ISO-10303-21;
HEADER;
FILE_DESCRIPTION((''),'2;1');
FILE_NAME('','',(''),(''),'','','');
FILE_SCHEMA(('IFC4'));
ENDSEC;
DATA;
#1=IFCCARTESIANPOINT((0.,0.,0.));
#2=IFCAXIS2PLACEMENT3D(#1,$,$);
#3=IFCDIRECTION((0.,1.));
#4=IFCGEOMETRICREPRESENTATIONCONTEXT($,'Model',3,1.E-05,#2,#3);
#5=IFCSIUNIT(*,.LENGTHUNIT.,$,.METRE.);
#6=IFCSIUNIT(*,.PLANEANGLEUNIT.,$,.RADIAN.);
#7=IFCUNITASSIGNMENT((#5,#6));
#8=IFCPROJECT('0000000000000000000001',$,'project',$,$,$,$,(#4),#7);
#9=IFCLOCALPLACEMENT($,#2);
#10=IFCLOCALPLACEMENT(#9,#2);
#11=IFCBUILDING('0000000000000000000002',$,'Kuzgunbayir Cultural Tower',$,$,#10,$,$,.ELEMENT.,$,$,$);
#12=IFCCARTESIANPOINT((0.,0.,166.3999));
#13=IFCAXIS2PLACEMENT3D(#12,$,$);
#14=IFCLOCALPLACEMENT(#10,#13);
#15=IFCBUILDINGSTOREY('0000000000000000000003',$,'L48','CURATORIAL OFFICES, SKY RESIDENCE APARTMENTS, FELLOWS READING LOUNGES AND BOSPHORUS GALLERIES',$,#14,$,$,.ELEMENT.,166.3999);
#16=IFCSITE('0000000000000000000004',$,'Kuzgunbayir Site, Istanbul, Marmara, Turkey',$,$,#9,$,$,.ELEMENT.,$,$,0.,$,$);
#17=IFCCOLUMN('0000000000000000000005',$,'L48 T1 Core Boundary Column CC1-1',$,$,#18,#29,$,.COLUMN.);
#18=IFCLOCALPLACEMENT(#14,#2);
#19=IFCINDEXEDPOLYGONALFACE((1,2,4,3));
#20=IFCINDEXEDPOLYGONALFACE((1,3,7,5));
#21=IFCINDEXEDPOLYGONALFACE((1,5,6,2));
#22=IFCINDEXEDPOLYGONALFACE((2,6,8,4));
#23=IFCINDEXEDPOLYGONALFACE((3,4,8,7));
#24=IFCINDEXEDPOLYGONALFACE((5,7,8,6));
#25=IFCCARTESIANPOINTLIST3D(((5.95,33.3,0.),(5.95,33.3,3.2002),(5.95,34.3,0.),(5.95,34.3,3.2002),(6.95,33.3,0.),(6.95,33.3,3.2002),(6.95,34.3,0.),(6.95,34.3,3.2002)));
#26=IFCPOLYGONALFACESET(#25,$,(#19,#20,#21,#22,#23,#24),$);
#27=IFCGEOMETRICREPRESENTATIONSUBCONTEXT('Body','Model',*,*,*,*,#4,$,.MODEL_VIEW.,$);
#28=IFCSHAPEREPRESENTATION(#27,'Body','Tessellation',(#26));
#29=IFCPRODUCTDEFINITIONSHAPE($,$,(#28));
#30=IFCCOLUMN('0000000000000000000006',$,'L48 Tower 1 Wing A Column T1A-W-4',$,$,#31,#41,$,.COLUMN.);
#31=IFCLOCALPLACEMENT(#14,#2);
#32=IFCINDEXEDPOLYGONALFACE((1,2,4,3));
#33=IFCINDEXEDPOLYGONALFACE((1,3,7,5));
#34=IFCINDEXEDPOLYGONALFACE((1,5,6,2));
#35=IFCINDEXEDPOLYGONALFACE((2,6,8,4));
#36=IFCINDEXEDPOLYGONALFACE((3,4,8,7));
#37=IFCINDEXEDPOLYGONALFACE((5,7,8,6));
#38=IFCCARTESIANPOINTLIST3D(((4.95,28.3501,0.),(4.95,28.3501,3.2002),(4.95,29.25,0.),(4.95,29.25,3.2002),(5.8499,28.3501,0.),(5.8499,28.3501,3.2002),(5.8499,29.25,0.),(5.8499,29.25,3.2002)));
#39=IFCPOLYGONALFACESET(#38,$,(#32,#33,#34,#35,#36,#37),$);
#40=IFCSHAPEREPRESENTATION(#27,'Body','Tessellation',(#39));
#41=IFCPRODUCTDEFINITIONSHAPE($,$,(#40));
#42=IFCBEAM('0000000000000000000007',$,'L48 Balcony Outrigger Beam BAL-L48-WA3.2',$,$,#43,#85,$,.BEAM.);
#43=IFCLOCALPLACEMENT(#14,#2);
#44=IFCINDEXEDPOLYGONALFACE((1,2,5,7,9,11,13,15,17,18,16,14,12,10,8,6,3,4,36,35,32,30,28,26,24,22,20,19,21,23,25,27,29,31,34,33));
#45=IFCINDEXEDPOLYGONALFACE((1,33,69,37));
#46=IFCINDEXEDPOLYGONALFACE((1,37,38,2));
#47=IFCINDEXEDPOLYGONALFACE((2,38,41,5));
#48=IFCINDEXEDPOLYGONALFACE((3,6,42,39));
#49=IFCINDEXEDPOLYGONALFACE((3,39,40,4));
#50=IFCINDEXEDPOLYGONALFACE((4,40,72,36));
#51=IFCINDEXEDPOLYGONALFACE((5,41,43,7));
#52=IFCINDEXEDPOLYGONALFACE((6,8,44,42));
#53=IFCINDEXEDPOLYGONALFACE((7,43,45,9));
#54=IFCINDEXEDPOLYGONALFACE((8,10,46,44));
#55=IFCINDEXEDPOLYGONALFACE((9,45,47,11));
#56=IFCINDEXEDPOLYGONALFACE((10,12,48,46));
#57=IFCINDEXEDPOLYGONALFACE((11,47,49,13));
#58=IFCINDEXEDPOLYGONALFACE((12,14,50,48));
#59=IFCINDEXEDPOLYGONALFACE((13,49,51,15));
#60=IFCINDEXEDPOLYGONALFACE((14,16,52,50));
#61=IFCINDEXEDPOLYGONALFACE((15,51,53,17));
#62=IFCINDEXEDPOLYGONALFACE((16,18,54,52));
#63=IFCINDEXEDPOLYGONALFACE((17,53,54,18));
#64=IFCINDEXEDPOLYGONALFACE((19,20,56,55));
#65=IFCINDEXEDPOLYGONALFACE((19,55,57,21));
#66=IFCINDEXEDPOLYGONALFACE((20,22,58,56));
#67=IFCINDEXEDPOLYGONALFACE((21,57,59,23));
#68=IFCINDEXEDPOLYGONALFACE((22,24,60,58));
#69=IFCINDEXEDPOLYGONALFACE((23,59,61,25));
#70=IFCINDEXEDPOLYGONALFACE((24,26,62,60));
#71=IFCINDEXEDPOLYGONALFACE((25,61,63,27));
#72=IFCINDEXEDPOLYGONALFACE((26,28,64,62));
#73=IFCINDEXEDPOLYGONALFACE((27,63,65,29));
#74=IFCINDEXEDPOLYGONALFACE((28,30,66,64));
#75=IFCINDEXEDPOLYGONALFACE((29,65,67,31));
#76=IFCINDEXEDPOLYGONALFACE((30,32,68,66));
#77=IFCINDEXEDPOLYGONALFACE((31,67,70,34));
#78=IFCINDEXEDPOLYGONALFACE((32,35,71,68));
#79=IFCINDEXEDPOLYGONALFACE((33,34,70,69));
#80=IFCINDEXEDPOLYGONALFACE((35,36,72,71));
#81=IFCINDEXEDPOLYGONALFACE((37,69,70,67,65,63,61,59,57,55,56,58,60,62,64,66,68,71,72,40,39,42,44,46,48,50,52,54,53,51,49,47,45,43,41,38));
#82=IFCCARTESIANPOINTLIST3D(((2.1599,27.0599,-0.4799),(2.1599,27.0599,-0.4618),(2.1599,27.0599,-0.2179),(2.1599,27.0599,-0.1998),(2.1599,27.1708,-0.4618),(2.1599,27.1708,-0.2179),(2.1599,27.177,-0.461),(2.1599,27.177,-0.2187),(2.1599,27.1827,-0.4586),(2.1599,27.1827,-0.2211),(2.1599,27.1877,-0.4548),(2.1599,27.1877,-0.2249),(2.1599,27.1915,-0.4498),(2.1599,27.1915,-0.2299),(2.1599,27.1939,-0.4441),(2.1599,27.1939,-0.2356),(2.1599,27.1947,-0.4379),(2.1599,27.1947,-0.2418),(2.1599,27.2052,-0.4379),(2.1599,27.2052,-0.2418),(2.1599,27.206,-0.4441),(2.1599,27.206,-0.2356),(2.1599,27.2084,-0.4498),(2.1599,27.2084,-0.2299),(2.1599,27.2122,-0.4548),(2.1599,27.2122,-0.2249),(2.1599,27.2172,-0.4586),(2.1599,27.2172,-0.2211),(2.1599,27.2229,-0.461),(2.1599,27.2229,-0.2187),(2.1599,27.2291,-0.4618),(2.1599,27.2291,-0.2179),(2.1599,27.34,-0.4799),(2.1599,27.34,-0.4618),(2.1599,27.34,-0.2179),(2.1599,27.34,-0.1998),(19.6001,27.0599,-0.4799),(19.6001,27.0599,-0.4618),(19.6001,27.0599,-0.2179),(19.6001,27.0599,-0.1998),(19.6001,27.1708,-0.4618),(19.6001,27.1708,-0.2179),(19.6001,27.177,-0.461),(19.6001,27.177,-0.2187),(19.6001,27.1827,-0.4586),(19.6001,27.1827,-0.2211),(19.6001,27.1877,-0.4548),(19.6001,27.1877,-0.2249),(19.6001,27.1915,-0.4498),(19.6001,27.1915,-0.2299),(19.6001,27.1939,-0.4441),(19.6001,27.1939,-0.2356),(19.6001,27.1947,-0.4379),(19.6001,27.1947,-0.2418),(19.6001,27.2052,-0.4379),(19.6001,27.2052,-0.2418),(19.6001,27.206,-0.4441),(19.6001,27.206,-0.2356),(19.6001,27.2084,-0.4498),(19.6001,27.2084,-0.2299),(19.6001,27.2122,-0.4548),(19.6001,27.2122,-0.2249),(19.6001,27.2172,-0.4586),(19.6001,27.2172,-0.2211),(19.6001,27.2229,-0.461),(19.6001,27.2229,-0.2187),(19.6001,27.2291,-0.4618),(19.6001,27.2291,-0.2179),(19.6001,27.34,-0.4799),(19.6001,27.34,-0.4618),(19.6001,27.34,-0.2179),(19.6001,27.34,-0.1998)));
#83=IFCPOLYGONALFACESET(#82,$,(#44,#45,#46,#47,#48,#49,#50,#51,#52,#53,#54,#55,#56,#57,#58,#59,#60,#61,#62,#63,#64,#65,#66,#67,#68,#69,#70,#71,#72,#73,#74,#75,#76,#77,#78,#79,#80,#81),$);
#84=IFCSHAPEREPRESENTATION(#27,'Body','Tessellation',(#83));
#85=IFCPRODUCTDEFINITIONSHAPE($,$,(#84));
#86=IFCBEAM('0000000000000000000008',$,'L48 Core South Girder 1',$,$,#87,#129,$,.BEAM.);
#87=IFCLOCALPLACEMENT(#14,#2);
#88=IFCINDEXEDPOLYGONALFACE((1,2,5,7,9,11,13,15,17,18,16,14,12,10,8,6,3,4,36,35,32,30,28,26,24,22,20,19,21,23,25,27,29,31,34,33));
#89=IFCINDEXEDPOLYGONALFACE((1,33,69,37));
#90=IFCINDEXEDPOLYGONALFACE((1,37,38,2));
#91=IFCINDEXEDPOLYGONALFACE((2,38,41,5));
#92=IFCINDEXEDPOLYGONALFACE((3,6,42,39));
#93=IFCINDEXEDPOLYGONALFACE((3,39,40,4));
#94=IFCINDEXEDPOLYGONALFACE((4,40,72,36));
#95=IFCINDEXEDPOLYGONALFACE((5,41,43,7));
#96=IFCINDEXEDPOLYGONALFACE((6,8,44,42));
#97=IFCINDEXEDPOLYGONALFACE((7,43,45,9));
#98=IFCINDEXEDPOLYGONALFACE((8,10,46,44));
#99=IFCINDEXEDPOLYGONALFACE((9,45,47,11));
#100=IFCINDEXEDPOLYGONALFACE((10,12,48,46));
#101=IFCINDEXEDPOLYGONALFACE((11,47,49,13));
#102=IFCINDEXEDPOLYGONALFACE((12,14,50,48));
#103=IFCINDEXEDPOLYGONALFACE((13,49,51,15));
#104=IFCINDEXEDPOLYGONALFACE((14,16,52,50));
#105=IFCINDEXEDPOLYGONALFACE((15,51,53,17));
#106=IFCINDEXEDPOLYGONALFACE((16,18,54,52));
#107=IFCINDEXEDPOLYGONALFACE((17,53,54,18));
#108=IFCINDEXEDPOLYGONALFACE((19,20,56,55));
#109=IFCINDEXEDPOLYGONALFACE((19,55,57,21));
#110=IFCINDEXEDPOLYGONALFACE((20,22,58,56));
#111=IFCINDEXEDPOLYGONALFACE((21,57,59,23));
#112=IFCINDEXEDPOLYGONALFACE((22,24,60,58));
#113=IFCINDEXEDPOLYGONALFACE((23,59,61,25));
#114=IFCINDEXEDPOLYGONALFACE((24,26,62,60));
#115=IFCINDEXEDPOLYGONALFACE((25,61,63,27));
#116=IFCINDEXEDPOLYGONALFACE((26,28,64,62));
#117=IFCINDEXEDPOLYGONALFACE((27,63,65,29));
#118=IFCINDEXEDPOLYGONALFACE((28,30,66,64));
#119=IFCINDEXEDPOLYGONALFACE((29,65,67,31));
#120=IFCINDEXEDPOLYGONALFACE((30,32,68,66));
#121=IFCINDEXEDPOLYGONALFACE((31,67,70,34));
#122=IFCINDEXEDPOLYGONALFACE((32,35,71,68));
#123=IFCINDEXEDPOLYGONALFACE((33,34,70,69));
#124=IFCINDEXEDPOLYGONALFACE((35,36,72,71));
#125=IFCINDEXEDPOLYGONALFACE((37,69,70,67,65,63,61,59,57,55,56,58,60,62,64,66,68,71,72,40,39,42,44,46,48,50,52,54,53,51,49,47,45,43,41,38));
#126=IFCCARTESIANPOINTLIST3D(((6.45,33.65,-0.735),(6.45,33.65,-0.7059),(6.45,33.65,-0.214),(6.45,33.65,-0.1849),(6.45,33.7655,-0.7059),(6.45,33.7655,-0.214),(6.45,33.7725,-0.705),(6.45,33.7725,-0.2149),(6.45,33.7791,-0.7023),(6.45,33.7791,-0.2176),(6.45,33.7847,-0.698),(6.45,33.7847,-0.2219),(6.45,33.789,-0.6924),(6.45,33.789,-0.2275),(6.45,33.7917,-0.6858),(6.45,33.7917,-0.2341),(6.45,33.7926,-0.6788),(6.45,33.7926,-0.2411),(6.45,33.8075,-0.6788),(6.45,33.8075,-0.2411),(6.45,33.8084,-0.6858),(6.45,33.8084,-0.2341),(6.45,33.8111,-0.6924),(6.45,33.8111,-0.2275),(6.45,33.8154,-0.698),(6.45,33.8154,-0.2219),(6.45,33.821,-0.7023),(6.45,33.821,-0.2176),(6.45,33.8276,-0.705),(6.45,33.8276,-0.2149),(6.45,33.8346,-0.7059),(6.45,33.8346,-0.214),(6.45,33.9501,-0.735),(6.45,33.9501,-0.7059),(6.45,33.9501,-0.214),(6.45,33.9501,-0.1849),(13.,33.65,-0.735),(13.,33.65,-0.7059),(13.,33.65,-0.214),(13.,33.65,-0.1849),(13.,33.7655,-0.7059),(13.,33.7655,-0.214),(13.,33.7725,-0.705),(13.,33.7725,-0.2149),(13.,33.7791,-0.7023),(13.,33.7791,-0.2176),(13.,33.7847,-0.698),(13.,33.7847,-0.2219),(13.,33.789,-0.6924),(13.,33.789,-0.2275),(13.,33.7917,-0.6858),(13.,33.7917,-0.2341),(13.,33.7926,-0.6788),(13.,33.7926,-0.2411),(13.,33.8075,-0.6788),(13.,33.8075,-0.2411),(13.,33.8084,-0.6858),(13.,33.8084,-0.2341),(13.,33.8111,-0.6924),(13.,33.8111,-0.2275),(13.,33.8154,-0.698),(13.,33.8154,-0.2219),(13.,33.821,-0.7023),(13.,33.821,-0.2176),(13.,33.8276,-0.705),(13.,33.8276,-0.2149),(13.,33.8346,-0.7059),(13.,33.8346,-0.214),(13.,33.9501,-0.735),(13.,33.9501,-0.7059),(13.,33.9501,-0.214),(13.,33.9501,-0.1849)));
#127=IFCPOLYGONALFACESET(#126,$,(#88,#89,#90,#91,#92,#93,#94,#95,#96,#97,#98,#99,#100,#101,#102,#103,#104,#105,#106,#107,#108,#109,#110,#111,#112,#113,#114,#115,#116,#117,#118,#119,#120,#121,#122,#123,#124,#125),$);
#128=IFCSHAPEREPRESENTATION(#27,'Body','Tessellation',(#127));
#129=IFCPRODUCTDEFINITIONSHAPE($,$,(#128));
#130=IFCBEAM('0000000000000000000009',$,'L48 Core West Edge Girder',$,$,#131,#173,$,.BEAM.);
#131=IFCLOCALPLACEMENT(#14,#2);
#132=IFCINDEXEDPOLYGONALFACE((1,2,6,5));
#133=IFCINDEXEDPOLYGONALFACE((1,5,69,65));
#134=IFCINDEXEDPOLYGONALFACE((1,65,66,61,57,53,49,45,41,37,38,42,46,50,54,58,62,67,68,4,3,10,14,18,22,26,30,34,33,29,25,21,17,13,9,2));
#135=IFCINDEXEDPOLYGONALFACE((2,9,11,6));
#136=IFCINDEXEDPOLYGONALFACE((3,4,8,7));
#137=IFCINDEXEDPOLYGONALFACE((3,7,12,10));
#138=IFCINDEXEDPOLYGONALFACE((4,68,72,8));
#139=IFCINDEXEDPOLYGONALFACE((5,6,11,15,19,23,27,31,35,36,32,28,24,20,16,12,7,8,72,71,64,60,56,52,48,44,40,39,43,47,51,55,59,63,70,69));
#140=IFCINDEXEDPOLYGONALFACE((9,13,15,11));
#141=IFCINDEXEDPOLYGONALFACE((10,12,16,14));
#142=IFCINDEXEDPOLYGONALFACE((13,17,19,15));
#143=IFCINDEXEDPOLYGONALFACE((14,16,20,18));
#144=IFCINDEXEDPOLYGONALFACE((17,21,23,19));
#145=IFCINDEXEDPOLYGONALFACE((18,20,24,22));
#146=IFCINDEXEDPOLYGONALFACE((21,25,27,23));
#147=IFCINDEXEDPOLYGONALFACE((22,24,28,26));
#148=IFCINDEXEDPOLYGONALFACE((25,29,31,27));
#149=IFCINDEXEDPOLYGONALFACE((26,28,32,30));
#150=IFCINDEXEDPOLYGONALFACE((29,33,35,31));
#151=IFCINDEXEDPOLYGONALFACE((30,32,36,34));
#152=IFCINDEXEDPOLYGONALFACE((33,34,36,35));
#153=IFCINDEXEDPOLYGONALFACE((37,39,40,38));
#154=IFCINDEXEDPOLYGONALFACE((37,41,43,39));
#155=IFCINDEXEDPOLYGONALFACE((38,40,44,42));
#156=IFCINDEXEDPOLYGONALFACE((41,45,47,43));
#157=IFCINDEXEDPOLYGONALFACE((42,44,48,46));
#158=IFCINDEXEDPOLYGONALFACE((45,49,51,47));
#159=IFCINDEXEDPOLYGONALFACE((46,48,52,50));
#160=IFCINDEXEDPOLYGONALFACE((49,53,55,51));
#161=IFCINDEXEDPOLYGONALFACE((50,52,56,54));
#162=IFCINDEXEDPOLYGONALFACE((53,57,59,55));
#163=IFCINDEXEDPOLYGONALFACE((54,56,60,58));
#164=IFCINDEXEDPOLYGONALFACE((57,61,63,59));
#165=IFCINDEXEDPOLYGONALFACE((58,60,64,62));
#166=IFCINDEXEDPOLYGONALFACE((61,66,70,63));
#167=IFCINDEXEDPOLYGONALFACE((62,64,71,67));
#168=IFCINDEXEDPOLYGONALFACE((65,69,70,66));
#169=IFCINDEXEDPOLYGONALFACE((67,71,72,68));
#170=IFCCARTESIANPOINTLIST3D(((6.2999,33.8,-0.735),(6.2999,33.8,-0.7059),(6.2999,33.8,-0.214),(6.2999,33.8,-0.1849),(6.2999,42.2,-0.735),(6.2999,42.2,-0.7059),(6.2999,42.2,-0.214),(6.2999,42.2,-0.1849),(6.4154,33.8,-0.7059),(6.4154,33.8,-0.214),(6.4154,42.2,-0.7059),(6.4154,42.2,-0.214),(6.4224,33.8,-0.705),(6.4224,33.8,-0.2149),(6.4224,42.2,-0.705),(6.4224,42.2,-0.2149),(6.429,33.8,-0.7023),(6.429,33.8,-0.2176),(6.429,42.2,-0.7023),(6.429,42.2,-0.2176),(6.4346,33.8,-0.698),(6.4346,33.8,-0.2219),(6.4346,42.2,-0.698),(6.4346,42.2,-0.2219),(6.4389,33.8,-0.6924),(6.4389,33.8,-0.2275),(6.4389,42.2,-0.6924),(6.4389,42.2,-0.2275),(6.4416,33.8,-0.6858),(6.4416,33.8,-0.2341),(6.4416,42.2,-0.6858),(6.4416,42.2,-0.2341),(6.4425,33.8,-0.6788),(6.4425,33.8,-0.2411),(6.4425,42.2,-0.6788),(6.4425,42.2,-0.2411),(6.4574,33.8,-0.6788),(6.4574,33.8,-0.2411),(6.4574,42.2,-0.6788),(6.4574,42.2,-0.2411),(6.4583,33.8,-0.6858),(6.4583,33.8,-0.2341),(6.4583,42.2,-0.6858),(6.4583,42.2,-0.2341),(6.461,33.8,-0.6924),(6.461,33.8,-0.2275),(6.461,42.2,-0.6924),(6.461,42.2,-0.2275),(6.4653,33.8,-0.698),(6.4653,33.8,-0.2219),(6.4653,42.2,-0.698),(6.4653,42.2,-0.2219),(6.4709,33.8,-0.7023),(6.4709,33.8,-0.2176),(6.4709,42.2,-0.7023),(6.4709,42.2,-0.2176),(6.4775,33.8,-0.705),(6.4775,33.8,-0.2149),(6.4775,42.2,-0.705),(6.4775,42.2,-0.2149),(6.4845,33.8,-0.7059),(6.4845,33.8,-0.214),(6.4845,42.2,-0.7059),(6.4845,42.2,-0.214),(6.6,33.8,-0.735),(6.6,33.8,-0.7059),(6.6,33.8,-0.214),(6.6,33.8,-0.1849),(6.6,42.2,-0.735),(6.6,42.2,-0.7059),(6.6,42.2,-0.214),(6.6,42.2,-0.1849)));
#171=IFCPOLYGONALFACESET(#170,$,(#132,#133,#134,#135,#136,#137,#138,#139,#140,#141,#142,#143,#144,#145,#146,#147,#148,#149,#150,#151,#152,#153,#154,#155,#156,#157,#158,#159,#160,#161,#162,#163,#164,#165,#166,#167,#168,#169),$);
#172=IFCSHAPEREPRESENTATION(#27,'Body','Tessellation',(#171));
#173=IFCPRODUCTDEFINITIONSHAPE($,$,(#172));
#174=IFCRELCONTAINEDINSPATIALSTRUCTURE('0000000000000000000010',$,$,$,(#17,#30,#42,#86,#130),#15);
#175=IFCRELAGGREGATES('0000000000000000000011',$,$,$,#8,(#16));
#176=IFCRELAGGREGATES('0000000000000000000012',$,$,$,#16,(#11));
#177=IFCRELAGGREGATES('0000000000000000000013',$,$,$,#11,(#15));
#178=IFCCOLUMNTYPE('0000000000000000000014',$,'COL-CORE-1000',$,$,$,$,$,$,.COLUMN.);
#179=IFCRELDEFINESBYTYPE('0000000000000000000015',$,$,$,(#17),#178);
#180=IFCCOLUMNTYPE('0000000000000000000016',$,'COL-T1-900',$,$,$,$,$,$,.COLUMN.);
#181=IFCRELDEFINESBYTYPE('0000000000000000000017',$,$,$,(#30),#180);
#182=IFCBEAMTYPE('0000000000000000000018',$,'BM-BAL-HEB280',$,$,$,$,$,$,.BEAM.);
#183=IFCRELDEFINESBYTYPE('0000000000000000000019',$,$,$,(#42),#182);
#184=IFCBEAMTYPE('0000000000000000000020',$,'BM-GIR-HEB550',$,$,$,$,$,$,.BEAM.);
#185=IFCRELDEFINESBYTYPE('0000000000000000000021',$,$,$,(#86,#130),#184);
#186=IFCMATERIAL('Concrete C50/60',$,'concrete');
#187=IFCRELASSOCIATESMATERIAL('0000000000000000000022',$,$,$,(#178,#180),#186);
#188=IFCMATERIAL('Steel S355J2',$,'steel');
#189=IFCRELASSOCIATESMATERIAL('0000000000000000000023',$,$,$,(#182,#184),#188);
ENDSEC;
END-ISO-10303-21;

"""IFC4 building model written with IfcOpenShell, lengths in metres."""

from ifc_helpers import new_model, si_unit, direction, frame, origin, origin_2d, place, context, subcontext, project, spatial, rectangle, i_section, extrude, material, material_profile, profile_set, type_object, element, save


model = new_model("IFC4")

# Units and contexts
model_context = context("Model", 3, precision=1e-05, world=origin(), true_north=direction((0.0, 1.0)))
body_context = subcontext(model_context, "Body", "Model", "MODEL_VIEW")
ifc_project = project(units=[si_unit("LENGTHUNIT", "METRE"), si_unit("PLANEANGLEUNIT", "RADIAN")], contexts=[model_context])

# Site, building, storey
site_placement = place(None, origin())
site = spatial("IfcSite", under=ifc_project, at=site_placement, Name="Kuzgunbayir Site, Istanbul, Marmara, Turkey", CompositionType="ELEMENT", RefElevation=0.0)
building_placement = place(site_placement, origin())
building = spatial("IfcBuilding", under=site, at=building_placement, Name="Kuzgunbayir Cultural Tower", CompositionType="ELEMENT")
storey_placement = place(building_placement, frame((0.0, 0.0, 166.3999)))
storey = spatial("IfcBuildingStorey", under=building, at=storey_placement, Name="L48", Description="CURATORIAL OFFICES, SKY RESIDENCE APARTMENTS, FELLOWS READING LOUNGES AND BOSPHORUS GALLERIES", CompositionType="ELEMENT", Elevation=166.3999)

# Columns
ifc_material_1 = material(Name="Concrete C50/60", Category="concrete")
ifc_material_profile_1 = material_profile(ifc_material_1, rectangle(XDim=1.0, YDim=1.0, at=origin_2d()), Name="RC 1000x1000")
ifc_profile_set_1 = profile_set([ifc_material_profile_1], Name="Concrete C50/60")
column_type_1 = type_object("IfcColumnType", Name="COL-CORE-1000", PredefinedType="COLUMN", material=ifc_profile_set_1)
column_1_placement = place(storey_placement, frame((6.45, 33.8, 0.0), z_axis=(0.0, 0.0, 1.0), x_axis=(1.0, 0.0, 0.0)))
element("IfcColumn", 1, at=column_1_placement, inside=storey, type_object=column_type_1, Name="L48 T1 Core Boundary Column CC1-1", PredefinedType="COLUMN", context=body_context, shape_type="SweptSolid", body=[
    extrude(rectangle(XDim=1.0, YDim=1.0, at=origin_2d()), origin(), (0.0, 0.0, 1.0), 3.2002),
])
ifc_material_profile_2 = material_profile(ifc_material_1, rectangle(XDim=0.8999, YDim=0.8999, at=origin_2d()), Name="RC 900x900")
ifc_profile_set_2 = profile_set([ifc_material_profile_2], Name="Concrete C50/60")
column_type_2 = type_object("IfcColumnType", Name="COL-T1-900", PredefinedType="COLUMN", material=ifc_profile_set_2)
column_2_placement = place(storey_placement, frame((5.3999, 28.8, 0.0), z_axis=(0.0, 0.0, 1.0), x_axis=(1.0, 0.0, 0.0)))
element("IfcColumn", 2, at=column_2_placement, inside=storey, type_object=column_type_2, Name="L48 Tower 1 Wing A Column T1A-W-4", PredefinedType="COLUMN", context=body_context, shape_type="SweptSolid", body=[
    extrude(rectangle(XDim=0.8999, YDim=0.8999, at=origin_2d()), origin(), (0.0, 0.0, 1.0), 3.2002),
])

# Beams
ifc_material_2 = material(Name="Steel S355J2", Category="steel")
ifc_material_profile_3 = material_profile(ifc_material_2, i_section(OverallWidth=0.28, OverallDepth=0.28, WebThickness=0.0105, FlangeThickness=0.0181, FilletRadius=0.0239, at=origin_2d()), Name="HEB 280")
ifc_profile_set_3 = profile_set([ifc_material_profile_3], Name="Steel S355J2")
beam_type_1 = type_object("IfcBeamType", Name="BM-BAL-HEB280", PredefinedType="BEAM", material=ifc_profile_set_3)
beam_1_placement = place(storey_placement, frame((2.1599, 27.2, -0.3398), z_axis=(1.0, 0.0, 0.0), x_axis=(0.0, 1.0, 0.0)))
element("IfcBeam", 3, at=beam_1_placement, inside=storey, type_object=beam_type_1, Name="L48 Balcony Outrigger Beam BAL-L48-WA3.2", PredefinedType="BEAM", context=body_context, shape_type="SweptSolid", body=[
    extrude(i_section(OverallWidth=0.28, OverallDepth=0.28, WebThickness=0.0105, FlangeThickness=0.0181, FilletRadius=0.0239, at=origin_2d()), origin(), (0.0, 0.0, 1.0), 17.4402),
])
ifc_material_profile_4 = material_profile(ifc_material_2, i_section(OverallWidth=0.3, OverallDepth=0.55, WebThickness=0.0149, FlangeThickness=0.0291, FilletRadius=0.0271, at=origin_2d()), Name="HEB 550")
ifc_profile_set_4 = profile_set([ifc_material_profile_4], Name="Steel S355J2")
beam_type_2 = type_object("IfcBeamType", Name="BM-GIR-HEB550", PredefinedType="BEAM", material=ifc_profile_set_4)
beam_2_placement = place(storey_placement, frame((6.45, 33.8, -0.46), z_axis=(1.0, 0.0, 0.0), x_axis=(0.0, 1.0, 0.0)))
element("IfcBeam", 4, at=beam_2_placement, inside=storey, type_object=beam_type_2, Name="L48 Core South Girder 1", PredefinedType="BEAM", context=body_context, shape_type="SweptSolid", body=[
    extrude(i_section(OverallWidth=0.3, OverallDepth=0.55, WebThickness=0.0149, FlangeThickness=0.0291, FilletRadius=0.0271, at=origin_2d()), origin(), (0.0, 0.0, 1.0), 6.55),
])
beam_3_placement = place(storey_placement, frame((6.45, 33.8, -0.46), z_axis=(0.0, 1.0, 0.0), x_axis=(-1.0, 0.0, 0.0)))
element("IfcBeam", 5, at=beam_3_placement, inside=storey, type_object=beam_type_2, Name="L48 Core West Edge Girder", PredefinedType="BEAM", context=body_context, shape_type="SweptSolid", body=[
    extrude(i_section(OverallWidth=0.3, OverallDepth=0.55, WebThickness=0.0149, FlangeThickness=0.0291, FilletRadius=0.0271, at=origin_2d()), origin(), (0.0, 0.0, 1.0), 8.3999),
])

save(model, "model.ifc")
